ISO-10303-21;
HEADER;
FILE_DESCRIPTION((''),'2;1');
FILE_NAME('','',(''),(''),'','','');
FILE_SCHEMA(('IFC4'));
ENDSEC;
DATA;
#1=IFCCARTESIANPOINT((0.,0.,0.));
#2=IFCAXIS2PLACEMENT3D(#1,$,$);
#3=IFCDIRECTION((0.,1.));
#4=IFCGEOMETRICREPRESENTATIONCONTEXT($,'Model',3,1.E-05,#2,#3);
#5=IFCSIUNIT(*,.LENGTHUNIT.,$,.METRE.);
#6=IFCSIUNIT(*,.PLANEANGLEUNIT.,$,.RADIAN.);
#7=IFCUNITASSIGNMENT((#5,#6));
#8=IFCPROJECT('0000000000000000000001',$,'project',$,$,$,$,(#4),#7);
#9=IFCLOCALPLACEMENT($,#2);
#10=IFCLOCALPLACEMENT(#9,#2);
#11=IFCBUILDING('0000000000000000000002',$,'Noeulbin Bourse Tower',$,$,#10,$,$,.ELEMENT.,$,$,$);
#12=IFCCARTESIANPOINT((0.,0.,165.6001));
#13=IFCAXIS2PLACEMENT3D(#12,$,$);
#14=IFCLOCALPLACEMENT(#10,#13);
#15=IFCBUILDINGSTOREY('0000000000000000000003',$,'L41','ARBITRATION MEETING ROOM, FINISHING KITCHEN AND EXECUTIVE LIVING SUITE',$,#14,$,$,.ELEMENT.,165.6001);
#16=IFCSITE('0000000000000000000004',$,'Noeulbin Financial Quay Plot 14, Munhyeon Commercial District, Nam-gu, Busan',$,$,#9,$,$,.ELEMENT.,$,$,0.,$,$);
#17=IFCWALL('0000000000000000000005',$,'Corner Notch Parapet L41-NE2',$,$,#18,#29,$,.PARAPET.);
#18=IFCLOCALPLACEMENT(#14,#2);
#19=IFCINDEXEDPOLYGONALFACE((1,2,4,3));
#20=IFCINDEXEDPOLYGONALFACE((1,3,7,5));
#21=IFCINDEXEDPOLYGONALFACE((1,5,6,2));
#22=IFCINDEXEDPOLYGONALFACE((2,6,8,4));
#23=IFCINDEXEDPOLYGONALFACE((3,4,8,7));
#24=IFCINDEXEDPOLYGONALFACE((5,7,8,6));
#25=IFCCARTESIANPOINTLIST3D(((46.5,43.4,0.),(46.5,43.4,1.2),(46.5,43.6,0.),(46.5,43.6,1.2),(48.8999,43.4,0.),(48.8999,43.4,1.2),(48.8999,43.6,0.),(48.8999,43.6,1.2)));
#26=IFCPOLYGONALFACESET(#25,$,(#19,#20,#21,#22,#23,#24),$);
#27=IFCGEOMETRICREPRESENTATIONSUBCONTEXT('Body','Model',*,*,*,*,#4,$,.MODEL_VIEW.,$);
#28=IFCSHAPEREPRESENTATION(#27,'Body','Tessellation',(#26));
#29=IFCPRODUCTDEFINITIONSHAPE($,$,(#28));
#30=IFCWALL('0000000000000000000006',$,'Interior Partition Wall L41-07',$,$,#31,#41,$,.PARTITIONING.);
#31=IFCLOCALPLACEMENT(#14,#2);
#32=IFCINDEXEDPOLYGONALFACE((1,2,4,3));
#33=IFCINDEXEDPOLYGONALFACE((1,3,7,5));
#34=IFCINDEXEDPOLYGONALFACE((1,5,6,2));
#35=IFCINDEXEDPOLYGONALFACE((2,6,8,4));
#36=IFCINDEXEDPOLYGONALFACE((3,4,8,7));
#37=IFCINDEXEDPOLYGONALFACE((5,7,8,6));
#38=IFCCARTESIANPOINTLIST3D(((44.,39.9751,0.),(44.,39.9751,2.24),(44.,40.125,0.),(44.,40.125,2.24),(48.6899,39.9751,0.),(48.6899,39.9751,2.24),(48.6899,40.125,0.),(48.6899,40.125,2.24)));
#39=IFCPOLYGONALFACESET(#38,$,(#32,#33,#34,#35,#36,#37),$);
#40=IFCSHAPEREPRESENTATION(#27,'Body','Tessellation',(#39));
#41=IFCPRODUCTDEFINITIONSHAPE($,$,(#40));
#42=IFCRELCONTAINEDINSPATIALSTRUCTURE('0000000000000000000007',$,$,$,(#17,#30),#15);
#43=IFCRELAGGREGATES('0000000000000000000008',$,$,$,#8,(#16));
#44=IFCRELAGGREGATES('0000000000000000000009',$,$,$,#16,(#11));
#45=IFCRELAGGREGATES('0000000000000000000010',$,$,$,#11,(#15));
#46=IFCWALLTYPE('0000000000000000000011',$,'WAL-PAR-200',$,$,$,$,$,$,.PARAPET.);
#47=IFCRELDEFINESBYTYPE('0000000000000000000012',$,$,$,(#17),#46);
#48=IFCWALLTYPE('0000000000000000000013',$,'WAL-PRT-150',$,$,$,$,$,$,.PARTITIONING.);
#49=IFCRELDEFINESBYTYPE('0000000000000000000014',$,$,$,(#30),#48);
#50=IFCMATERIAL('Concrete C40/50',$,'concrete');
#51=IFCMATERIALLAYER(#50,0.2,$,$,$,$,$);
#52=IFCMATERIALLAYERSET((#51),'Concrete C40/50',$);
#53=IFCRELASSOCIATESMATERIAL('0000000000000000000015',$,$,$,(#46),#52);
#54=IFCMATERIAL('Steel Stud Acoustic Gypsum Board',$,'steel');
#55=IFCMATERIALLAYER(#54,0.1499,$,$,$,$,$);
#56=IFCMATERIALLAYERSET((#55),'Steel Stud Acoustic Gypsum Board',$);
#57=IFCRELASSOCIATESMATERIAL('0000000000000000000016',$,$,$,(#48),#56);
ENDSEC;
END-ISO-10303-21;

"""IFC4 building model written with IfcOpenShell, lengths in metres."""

from ifc_helpers import new_model, si_unit, direction, frame, frame_2d, origin, place, context, subcontext, project, spatial, rectangle, extrude, material, layer, layer_set, type_object, element, save


model = new_model("IFC4")

# Units and contexts
model_context = context("Model", 3, precision=1e-05, world=origin(), true_north=direction((0.0, 1.0)))
body_context = subcontext(model_context, "Body", "Model", "MODEL_VIEW")
ifc_project = project(units=[si_unit("LENGTHUNIT", "METRE"), si_unit("PLANEANGLEUNIT", "RADIAN")], contexts=[model_context])

# Site, building, storey
site_placement = place(None, origin())
site = spatial("IfcSite", under=ifc_project, at=site_placement, Name="Noeulbin Financial Quay Plot 14, Munhyeon Commercial District, Nam-gu, Busan", CompositionType="ELEMENT", RefElevation=0.0)
building_placement = place(site_placement, origin())
building = spatial("IfcBuilding", under=site, at=building_placement, Name="Noeulbin Bourse Tower", CompositionType="ELEMENT")
storey_placement = place(building_placement, frame((0.0, 0.0, 165.6001)))
storey = spatial("IfcBuildingStorey", under=building, at=storey_placement, Name="L41", Description="ARBITRATION MEETING ROOM, FINISHING KITCHEN AND EXECUTIVE LIVING SUITE", CompositionType="ELEMENT", Elevation=165.6001)

# Walls
ifc_material_1 = material(Name="Concrete C40/50", Category="concrete")
ifc_layer_1 = layer(ifc_material_1, 0.2)
ifc_layer_set_1 = layer_set([ifc_layer_1], Name="Concrete C40/50")
wall_type_1 = type_object("IfcWallType", Name="WAL-PAR-200", PredefinedType="PARAPET", material=ifc_layer_set_1)
for number, where, z_axis, x_axis, name in (
    (1, (46.5, 43.5, 0.0), (0.0, 0.0, 1.0), (1.0, 0.0, 0.0), "Corner Notch Parapet L41-NE2"),
):
    element("IfcWall", number, at=place(storey_placement, frame(where, z_axis=z_axis, x_axis=x_axis)), inside=storey, type_object=wall_type_1, Name=name, PredefinedType="PARAPET", context=body_context, shape_type="SweptSolid", body=[
        extrude(rectangle(XDim=2.3999, YDim=0.2, at=frame_2d((1.2, 0.0))), origin(), (0.0, 0.0, 1.0), 1.2),
    ])
ifc_material_2 = material(Name="Steel Stud Acoustic Gypsum Board", Category="steel")
ifc_layer_2 = layer(ifc_material_2, 0.1499)
ifc_layer_set_2 = layer_set([ifc_layer_2], Name="Steel Stud Acoustic Gypsum Board")
wall_type_2 = type_object("IfcWallType", Name="WAL-PRT-150", PredefinedType="PARTITIONING", material=ifc_layer_set_2)
wall_placement = place(storey_placement, frame((44.0, 40.05, 0.0), z_axis=(0.0, 0.0, 1.0), x_axis=(1.0, 0.0, 0.0)))
element("IfcWall", 2, at=wall_placement, inside=storey, type_object=wall_type_2, Name="Interior Partition Wall L41-07", PredefinedType="PARTITIONING", context=body_context, shape_type="SweptSolid", body=[
    extrude(rectangle(XDim=4.6899, YDim=0.1499, at=frame_2d((2.345, 0.0))), origin(), (0.0, 0.0, 1.0), 2.24),
])

save(model, "model.ifc")
